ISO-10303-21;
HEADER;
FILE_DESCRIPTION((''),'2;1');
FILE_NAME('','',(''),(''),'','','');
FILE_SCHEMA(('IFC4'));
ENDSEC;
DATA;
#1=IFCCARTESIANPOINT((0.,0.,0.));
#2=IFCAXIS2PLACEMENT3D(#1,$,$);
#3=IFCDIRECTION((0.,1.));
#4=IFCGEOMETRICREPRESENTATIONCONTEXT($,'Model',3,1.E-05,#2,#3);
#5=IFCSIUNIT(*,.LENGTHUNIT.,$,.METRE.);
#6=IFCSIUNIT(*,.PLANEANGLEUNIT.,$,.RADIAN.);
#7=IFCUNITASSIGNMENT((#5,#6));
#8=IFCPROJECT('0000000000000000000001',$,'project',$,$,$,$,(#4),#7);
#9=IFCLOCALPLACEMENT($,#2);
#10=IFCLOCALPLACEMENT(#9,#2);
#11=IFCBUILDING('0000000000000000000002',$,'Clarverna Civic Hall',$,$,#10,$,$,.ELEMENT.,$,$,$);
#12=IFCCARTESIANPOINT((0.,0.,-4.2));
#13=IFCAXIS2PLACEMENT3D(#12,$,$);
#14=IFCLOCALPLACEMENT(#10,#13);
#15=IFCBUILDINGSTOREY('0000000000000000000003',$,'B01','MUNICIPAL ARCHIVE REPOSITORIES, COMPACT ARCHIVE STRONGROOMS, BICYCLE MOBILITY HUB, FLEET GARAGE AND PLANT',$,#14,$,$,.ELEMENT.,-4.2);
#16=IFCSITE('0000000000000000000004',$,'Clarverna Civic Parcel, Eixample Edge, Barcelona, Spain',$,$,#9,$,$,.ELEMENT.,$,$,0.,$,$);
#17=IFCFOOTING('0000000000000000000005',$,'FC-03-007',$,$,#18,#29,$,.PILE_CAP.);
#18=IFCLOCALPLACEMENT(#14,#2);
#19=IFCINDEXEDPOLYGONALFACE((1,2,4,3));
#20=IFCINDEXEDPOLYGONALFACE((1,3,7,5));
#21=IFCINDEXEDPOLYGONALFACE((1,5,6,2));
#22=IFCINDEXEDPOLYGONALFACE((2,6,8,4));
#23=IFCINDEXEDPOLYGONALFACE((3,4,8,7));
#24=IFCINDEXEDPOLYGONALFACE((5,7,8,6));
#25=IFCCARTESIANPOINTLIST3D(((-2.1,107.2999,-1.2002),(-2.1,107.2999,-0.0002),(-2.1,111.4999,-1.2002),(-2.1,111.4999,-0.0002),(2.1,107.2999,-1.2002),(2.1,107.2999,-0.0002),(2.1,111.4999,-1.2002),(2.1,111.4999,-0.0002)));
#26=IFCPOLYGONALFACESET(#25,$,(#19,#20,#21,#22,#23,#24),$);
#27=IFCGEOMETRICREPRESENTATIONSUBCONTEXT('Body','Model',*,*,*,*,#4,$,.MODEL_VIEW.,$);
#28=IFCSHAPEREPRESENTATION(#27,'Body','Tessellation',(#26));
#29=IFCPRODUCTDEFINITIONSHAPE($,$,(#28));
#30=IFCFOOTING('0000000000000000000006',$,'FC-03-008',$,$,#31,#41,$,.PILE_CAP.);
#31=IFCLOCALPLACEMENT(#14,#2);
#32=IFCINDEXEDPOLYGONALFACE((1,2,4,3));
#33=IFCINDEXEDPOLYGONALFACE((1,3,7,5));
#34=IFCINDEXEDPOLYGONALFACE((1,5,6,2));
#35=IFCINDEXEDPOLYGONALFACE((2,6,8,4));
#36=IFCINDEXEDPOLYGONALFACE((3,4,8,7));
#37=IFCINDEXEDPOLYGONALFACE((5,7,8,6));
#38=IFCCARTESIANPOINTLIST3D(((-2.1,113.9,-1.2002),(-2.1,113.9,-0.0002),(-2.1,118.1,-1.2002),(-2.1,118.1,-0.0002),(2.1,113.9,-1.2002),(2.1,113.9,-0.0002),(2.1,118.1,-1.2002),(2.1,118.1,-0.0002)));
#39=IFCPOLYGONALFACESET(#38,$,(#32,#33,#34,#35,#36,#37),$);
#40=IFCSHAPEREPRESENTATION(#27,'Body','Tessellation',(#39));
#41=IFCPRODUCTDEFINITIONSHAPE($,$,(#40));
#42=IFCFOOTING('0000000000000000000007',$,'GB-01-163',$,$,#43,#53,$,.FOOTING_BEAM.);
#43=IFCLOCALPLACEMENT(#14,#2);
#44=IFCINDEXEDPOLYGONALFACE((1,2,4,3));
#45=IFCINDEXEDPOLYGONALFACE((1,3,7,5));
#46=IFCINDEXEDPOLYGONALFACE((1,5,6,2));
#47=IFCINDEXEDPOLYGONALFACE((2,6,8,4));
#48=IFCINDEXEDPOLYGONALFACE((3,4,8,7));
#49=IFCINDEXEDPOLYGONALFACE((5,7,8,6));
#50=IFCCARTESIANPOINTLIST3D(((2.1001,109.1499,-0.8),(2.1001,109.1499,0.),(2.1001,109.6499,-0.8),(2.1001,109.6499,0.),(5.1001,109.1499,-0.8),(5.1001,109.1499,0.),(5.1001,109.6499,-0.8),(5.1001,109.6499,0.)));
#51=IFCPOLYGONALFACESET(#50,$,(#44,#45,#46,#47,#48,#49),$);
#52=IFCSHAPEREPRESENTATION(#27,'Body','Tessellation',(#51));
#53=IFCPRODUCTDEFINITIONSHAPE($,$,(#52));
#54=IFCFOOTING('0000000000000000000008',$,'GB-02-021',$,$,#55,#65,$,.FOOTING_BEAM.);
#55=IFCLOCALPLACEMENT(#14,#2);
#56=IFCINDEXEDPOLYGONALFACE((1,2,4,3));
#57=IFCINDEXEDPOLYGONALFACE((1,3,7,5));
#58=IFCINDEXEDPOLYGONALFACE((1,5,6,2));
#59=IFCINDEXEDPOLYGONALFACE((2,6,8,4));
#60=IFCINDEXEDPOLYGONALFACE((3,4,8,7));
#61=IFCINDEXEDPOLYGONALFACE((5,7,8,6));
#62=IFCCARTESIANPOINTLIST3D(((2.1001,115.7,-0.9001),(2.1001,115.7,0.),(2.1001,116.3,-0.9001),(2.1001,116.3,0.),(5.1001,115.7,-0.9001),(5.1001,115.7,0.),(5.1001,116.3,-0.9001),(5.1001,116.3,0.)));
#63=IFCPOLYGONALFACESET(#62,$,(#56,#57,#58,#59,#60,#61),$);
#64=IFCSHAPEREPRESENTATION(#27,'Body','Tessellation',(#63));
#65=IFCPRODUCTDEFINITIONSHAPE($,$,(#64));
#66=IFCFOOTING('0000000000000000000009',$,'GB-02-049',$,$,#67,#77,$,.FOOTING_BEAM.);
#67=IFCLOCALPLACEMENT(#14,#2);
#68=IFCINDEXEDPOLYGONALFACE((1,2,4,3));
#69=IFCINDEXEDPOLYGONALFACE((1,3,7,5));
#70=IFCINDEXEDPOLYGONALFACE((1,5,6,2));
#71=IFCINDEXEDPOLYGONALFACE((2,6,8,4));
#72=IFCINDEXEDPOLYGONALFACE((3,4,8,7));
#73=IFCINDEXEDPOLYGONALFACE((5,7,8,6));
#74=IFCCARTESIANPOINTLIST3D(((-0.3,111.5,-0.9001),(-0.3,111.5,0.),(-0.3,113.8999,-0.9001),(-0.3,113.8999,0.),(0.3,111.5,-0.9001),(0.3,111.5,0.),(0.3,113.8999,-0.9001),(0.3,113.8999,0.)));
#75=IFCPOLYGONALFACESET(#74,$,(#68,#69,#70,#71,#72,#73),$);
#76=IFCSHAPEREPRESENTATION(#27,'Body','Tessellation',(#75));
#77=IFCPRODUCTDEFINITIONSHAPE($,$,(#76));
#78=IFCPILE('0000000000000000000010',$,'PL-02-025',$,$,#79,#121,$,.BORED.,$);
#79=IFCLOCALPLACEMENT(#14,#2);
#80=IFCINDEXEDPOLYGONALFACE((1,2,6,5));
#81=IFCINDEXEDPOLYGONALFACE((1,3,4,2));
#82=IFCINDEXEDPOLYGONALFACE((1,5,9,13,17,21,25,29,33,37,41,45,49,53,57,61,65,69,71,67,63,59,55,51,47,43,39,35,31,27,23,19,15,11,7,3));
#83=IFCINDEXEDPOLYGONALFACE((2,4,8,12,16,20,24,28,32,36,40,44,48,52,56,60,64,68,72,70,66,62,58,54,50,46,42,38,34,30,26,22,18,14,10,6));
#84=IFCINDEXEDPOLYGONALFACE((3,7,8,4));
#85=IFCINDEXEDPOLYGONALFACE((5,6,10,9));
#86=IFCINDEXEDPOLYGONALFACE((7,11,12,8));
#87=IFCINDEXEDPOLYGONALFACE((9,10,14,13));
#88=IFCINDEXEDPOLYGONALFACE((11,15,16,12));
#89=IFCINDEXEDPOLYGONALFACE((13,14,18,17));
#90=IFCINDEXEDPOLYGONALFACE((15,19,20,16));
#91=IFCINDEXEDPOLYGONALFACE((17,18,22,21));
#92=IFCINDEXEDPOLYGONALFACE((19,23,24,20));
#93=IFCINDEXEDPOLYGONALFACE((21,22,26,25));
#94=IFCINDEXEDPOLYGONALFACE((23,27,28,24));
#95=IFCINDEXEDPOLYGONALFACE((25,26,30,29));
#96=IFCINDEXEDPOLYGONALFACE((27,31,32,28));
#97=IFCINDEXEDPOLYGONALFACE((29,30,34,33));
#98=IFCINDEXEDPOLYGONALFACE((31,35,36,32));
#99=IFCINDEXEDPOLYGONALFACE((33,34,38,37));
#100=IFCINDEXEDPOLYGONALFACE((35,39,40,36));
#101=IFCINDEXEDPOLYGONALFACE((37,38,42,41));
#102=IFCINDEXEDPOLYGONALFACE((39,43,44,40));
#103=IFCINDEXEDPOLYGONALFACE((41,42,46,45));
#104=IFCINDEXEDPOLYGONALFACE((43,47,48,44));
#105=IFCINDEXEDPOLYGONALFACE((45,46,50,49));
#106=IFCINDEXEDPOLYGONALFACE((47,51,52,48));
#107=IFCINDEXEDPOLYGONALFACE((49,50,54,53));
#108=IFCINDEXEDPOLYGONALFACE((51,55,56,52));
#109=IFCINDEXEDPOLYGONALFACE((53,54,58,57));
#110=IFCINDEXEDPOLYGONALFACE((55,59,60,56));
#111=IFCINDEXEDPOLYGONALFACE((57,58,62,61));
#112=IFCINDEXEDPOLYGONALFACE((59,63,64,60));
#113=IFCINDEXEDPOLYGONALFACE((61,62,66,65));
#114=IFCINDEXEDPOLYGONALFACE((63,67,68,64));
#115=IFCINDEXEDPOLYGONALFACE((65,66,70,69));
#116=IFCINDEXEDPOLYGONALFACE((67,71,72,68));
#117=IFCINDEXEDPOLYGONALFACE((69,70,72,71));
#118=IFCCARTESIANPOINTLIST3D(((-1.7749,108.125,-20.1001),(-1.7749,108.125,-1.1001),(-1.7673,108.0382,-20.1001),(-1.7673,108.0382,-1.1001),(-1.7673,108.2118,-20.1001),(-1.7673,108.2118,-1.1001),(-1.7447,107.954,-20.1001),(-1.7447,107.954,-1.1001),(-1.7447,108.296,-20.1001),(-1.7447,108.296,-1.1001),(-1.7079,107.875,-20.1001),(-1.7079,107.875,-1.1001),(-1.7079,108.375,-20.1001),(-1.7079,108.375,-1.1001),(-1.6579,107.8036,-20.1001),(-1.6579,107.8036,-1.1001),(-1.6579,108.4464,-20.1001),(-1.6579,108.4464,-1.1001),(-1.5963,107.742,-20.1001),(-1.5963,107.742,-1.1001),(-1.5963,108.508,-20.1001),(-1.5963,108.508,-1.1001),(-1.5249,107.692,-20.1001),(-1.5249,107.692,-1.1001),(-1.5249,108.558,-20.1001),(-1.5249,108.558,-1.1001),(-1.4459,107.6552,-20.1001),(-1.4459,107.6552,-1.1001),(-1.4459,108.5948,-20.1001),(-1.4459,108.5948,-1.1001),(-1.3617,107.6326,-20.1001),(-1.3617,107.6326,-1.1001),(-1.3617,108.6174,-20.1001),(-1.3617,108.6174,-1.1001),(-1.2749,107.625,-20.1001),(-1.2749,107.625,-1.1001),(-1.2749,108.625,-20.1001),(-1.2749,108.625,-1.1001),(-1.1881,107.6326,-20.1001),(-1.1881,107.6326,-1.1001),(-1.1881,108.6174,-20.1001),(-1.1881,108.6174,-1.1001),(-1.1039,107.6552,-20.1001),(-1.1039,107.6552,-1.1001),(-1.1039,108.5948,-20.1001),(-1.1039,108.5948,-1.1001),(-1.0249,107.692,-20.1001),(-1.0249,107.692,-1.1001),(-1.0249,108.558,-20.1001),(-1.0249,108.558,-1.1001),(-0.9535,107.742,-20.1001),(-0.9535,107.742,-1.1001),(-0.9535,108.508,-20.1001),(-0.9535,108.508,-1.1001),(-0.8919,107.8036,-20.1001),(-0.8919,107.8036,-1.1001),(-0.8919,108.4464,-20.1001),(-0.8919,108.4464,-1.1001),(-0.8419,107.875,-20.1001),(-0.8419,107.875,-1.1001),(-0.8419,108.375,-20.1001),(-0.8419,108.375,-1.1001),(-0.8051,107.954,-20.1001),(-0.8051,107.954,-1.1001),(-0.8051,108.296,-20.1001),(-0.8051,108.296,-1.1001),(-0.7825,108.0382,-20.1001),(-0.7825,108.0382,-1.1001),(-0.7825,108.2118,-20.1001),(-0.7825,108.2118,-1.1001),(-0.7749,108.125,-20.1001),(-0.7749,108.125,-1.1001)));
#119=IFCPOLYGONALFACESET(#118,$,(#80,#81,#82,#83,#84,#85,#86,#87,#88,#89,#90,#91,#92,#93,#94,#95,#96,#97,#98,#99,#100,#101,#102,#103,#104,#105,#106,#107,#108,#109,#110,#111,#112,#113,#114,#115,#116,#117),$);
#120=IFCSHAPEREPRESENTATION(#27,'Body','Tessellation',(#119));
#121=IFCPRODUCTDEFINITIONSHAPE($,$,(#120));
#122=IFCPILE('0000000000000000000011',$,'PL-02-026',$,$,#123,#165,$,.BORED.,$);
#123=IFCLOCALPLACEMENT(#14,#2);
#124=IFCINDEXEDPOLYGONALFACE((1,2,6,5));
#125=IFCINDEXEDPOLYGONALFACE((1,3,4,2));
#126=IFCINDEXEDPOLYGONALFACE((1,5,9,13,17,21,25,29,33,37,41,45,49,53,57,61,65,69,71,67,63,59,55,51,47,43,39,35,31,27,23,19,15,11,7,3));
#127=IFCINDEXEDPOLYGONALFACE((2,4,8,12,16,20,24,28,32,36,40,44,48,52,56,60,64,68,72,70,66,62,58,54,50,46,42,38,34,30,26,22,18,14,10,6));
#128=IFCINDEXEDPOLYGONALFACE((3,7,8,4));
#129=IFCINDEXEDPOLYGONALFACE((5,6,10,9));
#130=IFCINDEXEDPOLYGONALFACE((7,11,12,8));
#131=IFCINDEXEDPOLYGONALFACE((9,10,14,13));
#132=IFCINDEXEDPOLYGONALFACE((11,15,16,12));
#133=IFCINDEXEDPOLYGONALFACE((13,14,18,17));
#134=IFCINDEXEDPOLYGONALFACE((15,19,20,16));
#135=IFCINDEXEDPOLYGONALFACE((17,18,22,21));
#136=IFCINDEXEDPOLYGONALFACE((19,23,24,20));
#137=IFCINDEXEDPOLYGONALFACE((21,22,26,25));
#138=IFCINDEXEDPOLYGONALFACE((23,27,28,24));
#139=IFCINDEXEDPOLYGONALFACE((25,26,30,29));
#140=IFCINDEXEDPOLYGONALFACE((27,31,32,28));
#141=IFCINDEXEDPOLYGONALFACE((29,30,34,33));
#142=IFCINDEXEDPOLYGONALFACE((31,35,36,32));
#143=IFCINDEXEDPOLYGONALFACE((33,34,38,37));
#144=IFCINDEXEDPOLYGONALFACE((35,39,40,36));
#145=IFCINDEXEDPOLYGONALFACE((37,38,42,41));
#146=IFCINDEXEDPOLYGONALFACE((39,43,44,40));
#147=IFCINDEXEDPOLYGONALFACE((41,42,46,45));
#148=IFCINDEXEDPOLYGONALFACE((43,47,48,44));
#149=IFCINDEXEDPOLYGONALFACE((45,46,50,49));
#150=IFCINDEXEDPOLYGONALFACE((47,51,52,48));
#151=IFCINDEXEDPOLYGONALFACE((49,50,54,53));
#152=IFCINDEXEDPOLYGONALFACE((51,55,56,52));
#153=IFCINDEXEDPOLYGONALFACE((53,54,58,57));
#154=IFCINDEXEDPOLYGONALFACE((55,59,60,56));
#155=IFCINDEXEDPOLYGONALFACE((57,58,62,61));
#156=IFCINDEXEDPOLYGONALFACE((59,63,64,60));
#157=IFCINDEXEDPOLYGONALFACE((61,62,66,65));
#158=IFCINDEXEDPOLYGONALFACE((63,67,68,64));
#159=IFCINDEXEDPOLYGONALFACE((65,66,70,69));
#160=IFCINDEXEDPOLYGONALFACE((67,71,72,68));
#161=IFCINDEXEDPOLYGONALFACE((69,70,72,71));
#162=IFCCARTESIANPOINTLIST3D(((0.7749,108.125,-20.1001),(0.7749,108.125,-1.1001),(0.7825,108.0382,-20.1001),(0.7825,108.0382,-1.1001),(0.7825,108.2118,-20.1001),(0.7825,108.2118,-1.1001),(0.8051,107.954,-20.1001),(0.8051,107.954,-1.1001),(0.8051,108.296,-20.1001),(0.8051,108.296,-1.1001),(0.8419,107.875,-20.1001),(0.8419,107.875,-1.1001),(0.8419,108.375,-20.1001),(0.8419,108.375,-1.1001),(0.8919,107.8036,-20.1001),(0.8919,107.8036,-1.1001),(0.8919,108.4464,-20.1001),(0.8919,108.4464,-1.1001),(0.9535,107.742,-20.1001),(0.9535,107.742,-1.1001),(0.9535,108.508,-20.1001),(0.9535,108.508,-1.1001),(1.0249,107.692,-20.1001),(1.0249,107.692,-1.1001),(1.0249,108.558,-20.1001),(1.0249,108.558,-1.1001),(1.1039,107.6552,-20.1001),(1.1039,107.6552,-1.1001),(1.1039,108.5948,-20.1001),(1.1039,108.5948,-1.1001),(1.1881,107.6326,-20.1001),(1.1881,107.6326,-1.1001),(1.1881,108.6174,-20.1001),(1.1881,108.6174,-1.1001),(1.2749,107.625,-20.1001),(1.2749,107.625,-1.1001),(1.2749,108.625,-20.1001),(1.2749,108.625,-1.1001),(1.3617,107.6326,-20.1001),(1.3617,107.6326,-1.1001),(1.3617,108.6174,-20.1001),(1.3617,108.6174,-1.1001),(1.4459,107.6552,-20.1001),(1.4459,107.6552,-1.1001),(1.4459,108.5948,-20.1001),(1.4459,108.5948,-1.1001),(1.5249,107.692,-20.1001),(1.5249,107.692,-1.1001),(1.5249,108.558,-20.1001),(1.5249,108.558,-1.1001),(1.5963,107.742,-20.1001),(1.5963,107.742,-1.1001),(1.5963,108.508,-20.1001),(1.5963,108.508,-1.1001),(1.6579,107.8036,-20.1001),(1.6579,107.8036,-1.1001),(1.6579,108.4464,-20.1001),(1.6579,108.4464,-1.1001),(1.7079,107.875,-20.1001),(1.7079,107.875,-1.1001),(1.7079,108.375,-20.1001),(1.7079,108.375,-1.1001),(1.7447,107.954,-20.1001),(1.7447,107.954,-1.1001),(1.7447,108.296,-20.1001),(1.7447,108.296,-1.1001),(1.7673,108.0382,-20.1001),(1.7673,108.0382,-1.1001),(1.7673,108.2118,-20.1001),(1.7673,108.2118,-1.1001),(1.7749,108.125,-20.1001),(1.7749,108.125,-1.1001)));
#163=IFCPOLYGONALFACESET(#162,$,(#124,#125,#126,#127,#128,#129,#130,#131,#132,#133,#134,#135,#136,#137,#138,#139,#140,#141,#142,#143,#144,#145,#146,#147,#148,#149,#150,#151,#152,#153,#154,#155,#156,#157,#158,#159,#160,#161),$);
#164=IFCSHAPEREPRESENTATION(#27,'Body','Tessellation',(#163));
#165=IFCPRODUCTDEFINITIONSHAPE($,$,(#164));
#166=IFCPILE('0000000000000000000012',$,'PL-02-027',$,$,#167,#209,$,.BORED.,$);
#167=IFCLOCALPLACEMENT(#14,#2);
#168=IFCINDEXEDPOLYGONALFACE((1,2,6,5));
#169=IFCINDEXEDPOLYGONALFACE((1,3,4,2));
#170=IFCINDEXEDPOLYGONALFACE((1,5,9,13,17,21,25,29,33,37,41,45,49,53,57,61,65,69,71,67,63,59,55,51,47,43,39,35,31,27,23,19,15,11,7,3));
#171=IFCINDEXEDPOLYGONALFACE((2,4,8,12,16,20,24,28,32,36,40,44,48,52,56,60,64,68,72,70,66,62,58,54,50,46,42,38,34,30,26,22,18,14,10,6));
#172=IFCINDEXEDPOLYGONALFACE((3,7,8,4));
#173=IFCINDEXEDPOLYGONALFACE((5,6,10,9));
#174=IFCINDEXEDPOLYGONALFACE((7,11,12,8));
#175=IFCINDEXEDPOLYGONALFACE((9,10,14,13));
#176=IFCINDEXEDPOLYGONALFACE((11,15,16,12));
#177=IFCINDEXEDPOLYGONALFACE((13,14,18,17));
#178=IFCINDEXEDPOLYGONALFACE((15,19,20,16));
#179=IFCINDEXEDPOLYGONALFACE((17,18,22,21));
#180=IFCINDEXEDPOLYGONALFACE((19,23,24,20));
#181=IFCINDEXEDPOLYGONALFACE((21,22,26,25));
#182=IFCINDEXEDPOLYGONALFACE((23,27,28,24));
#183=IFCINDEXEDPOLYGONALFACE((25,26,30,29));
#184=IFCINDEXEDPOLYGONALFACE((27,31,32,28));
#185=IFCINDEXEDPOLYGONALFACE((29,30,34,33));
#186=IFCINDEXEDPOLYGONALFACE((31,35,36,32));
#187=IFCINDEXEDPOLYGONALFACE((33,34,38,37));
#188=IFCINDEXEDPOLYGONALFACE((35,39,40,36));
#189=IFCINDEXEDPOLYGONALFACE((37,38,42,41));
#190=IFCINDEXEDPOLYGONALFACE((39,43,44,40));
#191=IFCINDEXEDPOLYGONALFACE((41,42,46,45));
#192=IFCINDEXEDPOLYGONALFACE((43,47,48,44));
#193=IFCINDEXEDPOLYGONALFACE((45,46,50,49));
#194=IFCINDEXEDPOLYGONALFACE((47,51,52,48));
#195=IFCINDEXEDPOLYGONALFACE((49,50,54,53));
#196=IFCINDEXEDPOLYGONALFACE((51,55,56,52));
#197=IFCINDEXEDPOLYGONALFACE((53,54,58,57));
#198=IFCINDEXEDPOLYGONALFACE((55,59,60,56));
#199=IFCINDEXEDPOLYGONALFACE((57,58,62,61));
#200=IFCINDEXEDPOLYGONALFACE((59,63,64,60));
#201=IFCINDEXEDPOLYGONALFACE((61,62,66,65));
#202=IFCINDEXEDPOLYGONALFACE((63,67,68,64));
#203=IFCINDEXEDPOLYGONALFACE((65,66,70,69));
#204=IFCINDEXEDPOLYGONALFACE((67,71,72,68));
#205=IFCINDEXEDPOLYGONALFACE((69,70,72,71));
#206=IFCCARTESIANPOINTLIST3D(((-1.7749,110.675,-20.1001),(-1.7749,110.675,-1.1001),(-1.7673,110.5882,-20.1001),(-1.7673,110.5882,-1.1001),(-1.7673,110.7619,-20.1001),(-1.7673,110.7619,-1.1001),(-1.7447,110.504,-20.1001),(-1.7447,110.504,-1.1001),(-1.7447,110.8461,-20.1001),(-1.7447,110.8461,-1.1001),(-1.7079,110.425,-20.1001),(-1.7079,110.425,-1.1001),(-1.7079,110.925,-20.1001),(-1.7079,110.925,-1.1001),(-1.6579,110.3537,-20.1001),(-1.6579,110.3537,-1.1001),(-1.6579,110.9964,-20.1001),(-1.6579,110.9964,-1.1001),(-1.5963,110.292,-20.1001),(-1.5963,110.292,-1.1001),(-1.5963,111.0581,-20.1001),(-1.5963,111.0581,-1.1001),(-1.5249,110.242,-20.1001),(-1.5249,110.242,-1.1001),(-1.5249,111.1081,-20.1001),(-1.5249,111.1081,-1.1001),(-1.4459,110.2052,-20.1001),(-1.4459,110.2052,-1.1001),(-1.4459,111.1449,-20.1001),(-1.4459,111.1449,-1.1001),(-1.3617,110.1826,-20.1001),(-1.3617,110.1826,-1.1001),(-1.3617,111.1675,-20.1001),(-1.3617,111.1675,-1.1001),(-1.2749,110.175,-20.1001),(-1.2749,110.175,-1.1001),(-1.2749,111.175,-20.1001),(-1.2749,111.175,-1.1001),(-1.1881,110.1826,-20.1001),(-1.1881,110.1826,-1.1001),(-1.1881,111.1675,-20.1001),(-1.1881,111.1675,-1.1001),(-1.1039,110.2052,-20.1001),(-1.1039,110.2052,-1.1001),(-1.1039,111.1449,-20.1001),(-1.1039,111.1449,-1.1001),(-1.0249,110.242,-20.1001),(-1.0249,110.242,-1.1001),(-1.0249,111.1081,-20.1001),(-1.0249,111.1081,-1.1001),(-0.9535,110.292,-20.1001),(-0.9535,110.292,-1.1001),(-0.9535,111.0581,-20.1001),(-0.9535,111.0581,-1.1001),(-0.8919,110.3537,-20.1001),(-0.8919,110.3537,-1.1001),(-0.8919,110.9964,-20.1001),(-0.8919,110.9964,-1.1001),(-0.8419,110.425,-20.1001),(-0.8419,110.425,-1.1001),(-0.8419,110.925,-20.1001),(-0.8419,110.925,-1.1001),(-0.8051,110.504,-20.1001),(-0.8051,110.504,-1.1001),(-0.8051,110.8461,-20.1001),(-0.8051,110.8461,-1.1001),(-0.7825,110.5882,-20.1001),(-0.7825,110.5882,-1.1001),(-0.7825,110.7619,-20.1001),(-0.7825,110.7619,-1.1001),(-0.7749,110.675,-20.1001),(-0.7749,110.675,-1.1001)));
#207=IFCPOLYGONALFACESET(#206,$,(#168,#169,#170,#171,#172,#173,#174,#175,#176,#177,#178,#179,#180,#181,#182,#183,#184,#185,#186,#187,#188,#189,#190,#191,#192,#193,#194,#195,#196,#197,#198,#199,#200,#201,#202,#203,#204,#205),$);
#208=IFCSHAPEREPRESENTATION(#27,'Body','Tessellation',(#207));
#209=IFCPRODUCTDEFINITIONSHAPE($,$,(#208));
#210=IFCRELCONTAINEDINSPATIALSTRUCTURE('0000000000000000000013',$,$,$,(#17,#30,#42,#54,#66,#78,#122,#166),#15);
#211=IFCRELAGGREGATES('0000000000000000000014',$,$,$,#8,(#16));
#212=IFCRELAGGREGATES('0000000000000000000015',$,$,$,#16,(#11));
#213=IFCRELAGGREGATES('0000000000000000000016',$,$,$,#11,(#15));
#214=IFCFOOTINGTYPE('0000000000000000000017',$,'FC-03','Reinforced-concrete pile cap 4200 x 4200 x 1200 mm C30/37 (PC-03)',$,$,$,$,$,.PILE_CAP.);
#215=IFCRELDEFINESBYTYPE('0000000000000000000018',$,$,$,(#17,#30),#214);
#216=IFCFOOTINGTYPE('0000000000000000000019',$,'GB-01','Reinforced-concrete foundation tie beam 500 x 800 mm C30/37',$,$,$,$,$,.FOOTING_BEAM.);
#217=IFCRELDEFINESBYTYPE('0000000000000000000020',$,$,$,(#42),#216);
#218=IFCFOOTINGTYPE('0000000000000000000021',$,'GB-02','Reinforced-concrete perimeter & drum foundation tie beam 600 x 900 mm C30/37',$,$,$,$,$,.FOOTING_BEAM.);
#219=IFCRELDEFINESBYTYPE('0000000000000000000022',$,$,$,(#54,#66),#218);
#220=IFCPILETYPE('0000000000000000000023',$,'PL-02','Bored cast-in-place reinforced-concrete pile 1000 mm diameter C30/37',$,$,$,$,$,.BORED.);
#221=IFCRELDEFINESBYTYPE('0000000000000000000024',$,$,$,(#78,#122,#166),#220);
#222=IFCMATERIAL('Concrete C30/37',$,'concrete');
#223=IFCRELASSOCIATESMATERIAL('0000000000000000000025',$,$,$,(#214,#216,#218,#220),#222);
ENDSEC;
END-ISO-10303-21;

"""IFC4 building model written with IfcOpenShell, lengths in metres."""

from ifc_helpers import new_model, si_unit, direction, frame, frame_2d, origin, origin_2d, place, context, subcontext, project, spatial, rectangle, circle, extrude, material, material_profile, profile_set, type_object, element, save


model = new_model("IFC4")

# Units and contexts
model_context = context("Model", 3, precision=1e-05, world=origin(), true_north=direction((0.0, 1.0)))
body_context = subcontext(model_context, "Body", "Model", "MODEL_VIEW")
ifc_project = project(units=[si_unit("LENGTHUNIT", "METRE"), si_unit("PLANEANGLEUNIT", "RADIAN")], contexts=[model_context])

# Site, building, storey
site_placement = place(None, origin())
site = spatial("IfcSite", under=ifc_project, at=site_placement, Name="Clarverna Civic Parcel, Eixample Edge, Barcelona, Spain", CompositionType="ELEMENT", RefElevation=0.0)
building_placement = place(site_placement, origin())
building = spatial("IfcBuilding", under=site, at=building_placement, Name="Clarverna Civic Hall", CompositionType="ELEMENT")
storey_placement = place(building_placement, frame((0.0, 0.0, -4.2)))
storey = spatial("IfcBuildingStorey", under=building, at=storey_placement, Name="B01", Description="MUNICIPAL ARCHIVE REPOSITORIES, COMPACT ARCHIVE STRONGROOMS, BICYCLE MOBILITY HUB, FLEET GARAGE AND PLANT", CompositionType="ELEMENT", Elevation=-4.2)

# Footings
ifc_material_1 = material(Name="Concrete C30/37", Category="concrete")
footing_type_1 = type_object("IfcFootingType", Name="FC-03", Description="Reinforced-concrete pile cap 4200 x 4200 x 1200 mm C30/37 (PC-03)", PredefinedType="PILE_CAP", material=ifc_material_1)
for number, where, z_axis, x_axis, name in (
    (1, (0.0, 109.3999, -1.2002), (0.0, 0.0, 1.0), (1.0, 0.0, 0.0), "FC-03-007"),
    (2, (0.0, 116.0, -1.2002), (0.0, 0.0, 1.0), (1.0, 0.0, 0.0), "FC-03-008"),
):
    element("IfcFooting", number, at=place(storey_placement, frame(where, z_axis=z_axis, x_axis=x_axis)), inside=storey, type_object=footing_type_1, Name=name, PredefinedType="PILE_CAP", context=body_context, shape_type="SweptSolid", body=[
        extrude(rectangle(XDim=4.2, YDim=4.2, at=origin_2d()), origin(), (0.0, 0.0, 1.0), 1.2),
    ])
footing_type_2 = type_object("IfcFootingType", Name="GB-01", Description="Reinforced-concrete foundation tie beam 500 x 800 mm C30/37", PredefinedType="FOOTING_BEAM", material=ifc_material_1)
footing_1_placement = place(storey_placement, frame((2.1001, 109.3999, -0.8), z_axis=(0.0, 0.0, 1.0), x_axis=(1.0, 0.0, 0.0)))
element("IfcFooting", 3, at=footing_1_placement, inside=storey, type_object=footing_type_2, Name="GB-01-163", PredefinedType="FOOTING_BEAM", context=body_context, shape_type="SweptSolid", body=[
    extrude(rectangle(XDim=3.0, YDim=0.5, at=frame_2d((1.5, 0.0))), origin(), (0.0, 0.0, 1.0), 0.8),
])
footing_type_3 = type_object("IfcFootingType", Name="GB-02", Description="Reinforced-concrete perimeter & drum foundation tie beam 600 x 900 mm C30/37", PredefinedType="FOOTING_BEAM", material=ifc_material_1)
footing_2_placement = place(storey_placement, frame((2.1001, 116.0, -0.9001), z_axis=(0.0, 0.0, 1.0), x_axis=(1.0, 0.0, 0.0)))
element("IfcFooting", 4, at=footing_2_placement, inside=storey, type_object=footing_type_3, Name="GB-02-021", PredefinedType="FOOTING_BEAM", context=body_context, shape_type="SweptSolid", body=[
    extrude(rectangle(XDim=3.0, YDim=0.6001, at=frame_2d((1.5, 0.0))), origin(), (0.0, 0.0, 1.0), 0.9001),
])
footing_3_placement = place(storey_placement, frame((0.0, 111.5, -0.9001), z_axis=(0.0, 0.0, 1.0), x_axis=(0.0, 1.0, 0.0)))
element("IfcFooting", 5, at=footing_3_placement, inside=storey, type_object=footing_type_3, Name="GB-02-049", PredefinedType="FOOTING_BEAM", context=body_context, shape_type="SweptSolid", body=[
    extrude(rectangle(XDim=2.3999, YDim=0.6001, at=frame_2d((1.2, 0.0))), origin(), (0.0, 0.0, 1.0), 0.9001),
])

# Piles
ifc_material_profile_1 = material_profile(ifc_material_1, circle(Radius=0.5, at=origin_2d()), Name="BORED PILE D1000")
ifc_profile_set_1 = profile_set([ifc_material_profile_1], Name="Concrete C30/37")
pile_type = type_object("IfcPileType", Name="PL-02", Description="Bored cast-in-place reinforced-concrete pile 1000 mm diameter C30/37", PredefinedType="BORED", material=ifc_profile_set_1)
for number, where, z_axis, x_axis, name in (
    (6, (-1.2749, 108.125, -1.1001), (0.0, 0.0, -1.0), (1.0, 0.0, 0.0), "PL-02-025"),
    (7, (1.2749, 108.125, -1.1001), (0.0, 0.0, -1.0), (1.0, 0.0, 0.0), "PL-02-026"),
    (8, (-1.2749, 110.675, -1.1001), (0.0, 0.0, -1.0), (1.0, 0.0, 0.0), "PL-02-027"),
):
    element("IfcPile", number, at=place(storey_placement, frame(where, z_axis=z_axis, x_axis=x_axis)), inside=storey, type_object=pile_type, Name=name, PredefinedType="BORED", context=body_context, shape_type="SweptSolid", body=[
        extrude(circle(Radius=0.5, at=origin_2d()), origin(), (0.0, 0.0, 1.0), 19.0),
    ])

save(model, "model.ifc")
